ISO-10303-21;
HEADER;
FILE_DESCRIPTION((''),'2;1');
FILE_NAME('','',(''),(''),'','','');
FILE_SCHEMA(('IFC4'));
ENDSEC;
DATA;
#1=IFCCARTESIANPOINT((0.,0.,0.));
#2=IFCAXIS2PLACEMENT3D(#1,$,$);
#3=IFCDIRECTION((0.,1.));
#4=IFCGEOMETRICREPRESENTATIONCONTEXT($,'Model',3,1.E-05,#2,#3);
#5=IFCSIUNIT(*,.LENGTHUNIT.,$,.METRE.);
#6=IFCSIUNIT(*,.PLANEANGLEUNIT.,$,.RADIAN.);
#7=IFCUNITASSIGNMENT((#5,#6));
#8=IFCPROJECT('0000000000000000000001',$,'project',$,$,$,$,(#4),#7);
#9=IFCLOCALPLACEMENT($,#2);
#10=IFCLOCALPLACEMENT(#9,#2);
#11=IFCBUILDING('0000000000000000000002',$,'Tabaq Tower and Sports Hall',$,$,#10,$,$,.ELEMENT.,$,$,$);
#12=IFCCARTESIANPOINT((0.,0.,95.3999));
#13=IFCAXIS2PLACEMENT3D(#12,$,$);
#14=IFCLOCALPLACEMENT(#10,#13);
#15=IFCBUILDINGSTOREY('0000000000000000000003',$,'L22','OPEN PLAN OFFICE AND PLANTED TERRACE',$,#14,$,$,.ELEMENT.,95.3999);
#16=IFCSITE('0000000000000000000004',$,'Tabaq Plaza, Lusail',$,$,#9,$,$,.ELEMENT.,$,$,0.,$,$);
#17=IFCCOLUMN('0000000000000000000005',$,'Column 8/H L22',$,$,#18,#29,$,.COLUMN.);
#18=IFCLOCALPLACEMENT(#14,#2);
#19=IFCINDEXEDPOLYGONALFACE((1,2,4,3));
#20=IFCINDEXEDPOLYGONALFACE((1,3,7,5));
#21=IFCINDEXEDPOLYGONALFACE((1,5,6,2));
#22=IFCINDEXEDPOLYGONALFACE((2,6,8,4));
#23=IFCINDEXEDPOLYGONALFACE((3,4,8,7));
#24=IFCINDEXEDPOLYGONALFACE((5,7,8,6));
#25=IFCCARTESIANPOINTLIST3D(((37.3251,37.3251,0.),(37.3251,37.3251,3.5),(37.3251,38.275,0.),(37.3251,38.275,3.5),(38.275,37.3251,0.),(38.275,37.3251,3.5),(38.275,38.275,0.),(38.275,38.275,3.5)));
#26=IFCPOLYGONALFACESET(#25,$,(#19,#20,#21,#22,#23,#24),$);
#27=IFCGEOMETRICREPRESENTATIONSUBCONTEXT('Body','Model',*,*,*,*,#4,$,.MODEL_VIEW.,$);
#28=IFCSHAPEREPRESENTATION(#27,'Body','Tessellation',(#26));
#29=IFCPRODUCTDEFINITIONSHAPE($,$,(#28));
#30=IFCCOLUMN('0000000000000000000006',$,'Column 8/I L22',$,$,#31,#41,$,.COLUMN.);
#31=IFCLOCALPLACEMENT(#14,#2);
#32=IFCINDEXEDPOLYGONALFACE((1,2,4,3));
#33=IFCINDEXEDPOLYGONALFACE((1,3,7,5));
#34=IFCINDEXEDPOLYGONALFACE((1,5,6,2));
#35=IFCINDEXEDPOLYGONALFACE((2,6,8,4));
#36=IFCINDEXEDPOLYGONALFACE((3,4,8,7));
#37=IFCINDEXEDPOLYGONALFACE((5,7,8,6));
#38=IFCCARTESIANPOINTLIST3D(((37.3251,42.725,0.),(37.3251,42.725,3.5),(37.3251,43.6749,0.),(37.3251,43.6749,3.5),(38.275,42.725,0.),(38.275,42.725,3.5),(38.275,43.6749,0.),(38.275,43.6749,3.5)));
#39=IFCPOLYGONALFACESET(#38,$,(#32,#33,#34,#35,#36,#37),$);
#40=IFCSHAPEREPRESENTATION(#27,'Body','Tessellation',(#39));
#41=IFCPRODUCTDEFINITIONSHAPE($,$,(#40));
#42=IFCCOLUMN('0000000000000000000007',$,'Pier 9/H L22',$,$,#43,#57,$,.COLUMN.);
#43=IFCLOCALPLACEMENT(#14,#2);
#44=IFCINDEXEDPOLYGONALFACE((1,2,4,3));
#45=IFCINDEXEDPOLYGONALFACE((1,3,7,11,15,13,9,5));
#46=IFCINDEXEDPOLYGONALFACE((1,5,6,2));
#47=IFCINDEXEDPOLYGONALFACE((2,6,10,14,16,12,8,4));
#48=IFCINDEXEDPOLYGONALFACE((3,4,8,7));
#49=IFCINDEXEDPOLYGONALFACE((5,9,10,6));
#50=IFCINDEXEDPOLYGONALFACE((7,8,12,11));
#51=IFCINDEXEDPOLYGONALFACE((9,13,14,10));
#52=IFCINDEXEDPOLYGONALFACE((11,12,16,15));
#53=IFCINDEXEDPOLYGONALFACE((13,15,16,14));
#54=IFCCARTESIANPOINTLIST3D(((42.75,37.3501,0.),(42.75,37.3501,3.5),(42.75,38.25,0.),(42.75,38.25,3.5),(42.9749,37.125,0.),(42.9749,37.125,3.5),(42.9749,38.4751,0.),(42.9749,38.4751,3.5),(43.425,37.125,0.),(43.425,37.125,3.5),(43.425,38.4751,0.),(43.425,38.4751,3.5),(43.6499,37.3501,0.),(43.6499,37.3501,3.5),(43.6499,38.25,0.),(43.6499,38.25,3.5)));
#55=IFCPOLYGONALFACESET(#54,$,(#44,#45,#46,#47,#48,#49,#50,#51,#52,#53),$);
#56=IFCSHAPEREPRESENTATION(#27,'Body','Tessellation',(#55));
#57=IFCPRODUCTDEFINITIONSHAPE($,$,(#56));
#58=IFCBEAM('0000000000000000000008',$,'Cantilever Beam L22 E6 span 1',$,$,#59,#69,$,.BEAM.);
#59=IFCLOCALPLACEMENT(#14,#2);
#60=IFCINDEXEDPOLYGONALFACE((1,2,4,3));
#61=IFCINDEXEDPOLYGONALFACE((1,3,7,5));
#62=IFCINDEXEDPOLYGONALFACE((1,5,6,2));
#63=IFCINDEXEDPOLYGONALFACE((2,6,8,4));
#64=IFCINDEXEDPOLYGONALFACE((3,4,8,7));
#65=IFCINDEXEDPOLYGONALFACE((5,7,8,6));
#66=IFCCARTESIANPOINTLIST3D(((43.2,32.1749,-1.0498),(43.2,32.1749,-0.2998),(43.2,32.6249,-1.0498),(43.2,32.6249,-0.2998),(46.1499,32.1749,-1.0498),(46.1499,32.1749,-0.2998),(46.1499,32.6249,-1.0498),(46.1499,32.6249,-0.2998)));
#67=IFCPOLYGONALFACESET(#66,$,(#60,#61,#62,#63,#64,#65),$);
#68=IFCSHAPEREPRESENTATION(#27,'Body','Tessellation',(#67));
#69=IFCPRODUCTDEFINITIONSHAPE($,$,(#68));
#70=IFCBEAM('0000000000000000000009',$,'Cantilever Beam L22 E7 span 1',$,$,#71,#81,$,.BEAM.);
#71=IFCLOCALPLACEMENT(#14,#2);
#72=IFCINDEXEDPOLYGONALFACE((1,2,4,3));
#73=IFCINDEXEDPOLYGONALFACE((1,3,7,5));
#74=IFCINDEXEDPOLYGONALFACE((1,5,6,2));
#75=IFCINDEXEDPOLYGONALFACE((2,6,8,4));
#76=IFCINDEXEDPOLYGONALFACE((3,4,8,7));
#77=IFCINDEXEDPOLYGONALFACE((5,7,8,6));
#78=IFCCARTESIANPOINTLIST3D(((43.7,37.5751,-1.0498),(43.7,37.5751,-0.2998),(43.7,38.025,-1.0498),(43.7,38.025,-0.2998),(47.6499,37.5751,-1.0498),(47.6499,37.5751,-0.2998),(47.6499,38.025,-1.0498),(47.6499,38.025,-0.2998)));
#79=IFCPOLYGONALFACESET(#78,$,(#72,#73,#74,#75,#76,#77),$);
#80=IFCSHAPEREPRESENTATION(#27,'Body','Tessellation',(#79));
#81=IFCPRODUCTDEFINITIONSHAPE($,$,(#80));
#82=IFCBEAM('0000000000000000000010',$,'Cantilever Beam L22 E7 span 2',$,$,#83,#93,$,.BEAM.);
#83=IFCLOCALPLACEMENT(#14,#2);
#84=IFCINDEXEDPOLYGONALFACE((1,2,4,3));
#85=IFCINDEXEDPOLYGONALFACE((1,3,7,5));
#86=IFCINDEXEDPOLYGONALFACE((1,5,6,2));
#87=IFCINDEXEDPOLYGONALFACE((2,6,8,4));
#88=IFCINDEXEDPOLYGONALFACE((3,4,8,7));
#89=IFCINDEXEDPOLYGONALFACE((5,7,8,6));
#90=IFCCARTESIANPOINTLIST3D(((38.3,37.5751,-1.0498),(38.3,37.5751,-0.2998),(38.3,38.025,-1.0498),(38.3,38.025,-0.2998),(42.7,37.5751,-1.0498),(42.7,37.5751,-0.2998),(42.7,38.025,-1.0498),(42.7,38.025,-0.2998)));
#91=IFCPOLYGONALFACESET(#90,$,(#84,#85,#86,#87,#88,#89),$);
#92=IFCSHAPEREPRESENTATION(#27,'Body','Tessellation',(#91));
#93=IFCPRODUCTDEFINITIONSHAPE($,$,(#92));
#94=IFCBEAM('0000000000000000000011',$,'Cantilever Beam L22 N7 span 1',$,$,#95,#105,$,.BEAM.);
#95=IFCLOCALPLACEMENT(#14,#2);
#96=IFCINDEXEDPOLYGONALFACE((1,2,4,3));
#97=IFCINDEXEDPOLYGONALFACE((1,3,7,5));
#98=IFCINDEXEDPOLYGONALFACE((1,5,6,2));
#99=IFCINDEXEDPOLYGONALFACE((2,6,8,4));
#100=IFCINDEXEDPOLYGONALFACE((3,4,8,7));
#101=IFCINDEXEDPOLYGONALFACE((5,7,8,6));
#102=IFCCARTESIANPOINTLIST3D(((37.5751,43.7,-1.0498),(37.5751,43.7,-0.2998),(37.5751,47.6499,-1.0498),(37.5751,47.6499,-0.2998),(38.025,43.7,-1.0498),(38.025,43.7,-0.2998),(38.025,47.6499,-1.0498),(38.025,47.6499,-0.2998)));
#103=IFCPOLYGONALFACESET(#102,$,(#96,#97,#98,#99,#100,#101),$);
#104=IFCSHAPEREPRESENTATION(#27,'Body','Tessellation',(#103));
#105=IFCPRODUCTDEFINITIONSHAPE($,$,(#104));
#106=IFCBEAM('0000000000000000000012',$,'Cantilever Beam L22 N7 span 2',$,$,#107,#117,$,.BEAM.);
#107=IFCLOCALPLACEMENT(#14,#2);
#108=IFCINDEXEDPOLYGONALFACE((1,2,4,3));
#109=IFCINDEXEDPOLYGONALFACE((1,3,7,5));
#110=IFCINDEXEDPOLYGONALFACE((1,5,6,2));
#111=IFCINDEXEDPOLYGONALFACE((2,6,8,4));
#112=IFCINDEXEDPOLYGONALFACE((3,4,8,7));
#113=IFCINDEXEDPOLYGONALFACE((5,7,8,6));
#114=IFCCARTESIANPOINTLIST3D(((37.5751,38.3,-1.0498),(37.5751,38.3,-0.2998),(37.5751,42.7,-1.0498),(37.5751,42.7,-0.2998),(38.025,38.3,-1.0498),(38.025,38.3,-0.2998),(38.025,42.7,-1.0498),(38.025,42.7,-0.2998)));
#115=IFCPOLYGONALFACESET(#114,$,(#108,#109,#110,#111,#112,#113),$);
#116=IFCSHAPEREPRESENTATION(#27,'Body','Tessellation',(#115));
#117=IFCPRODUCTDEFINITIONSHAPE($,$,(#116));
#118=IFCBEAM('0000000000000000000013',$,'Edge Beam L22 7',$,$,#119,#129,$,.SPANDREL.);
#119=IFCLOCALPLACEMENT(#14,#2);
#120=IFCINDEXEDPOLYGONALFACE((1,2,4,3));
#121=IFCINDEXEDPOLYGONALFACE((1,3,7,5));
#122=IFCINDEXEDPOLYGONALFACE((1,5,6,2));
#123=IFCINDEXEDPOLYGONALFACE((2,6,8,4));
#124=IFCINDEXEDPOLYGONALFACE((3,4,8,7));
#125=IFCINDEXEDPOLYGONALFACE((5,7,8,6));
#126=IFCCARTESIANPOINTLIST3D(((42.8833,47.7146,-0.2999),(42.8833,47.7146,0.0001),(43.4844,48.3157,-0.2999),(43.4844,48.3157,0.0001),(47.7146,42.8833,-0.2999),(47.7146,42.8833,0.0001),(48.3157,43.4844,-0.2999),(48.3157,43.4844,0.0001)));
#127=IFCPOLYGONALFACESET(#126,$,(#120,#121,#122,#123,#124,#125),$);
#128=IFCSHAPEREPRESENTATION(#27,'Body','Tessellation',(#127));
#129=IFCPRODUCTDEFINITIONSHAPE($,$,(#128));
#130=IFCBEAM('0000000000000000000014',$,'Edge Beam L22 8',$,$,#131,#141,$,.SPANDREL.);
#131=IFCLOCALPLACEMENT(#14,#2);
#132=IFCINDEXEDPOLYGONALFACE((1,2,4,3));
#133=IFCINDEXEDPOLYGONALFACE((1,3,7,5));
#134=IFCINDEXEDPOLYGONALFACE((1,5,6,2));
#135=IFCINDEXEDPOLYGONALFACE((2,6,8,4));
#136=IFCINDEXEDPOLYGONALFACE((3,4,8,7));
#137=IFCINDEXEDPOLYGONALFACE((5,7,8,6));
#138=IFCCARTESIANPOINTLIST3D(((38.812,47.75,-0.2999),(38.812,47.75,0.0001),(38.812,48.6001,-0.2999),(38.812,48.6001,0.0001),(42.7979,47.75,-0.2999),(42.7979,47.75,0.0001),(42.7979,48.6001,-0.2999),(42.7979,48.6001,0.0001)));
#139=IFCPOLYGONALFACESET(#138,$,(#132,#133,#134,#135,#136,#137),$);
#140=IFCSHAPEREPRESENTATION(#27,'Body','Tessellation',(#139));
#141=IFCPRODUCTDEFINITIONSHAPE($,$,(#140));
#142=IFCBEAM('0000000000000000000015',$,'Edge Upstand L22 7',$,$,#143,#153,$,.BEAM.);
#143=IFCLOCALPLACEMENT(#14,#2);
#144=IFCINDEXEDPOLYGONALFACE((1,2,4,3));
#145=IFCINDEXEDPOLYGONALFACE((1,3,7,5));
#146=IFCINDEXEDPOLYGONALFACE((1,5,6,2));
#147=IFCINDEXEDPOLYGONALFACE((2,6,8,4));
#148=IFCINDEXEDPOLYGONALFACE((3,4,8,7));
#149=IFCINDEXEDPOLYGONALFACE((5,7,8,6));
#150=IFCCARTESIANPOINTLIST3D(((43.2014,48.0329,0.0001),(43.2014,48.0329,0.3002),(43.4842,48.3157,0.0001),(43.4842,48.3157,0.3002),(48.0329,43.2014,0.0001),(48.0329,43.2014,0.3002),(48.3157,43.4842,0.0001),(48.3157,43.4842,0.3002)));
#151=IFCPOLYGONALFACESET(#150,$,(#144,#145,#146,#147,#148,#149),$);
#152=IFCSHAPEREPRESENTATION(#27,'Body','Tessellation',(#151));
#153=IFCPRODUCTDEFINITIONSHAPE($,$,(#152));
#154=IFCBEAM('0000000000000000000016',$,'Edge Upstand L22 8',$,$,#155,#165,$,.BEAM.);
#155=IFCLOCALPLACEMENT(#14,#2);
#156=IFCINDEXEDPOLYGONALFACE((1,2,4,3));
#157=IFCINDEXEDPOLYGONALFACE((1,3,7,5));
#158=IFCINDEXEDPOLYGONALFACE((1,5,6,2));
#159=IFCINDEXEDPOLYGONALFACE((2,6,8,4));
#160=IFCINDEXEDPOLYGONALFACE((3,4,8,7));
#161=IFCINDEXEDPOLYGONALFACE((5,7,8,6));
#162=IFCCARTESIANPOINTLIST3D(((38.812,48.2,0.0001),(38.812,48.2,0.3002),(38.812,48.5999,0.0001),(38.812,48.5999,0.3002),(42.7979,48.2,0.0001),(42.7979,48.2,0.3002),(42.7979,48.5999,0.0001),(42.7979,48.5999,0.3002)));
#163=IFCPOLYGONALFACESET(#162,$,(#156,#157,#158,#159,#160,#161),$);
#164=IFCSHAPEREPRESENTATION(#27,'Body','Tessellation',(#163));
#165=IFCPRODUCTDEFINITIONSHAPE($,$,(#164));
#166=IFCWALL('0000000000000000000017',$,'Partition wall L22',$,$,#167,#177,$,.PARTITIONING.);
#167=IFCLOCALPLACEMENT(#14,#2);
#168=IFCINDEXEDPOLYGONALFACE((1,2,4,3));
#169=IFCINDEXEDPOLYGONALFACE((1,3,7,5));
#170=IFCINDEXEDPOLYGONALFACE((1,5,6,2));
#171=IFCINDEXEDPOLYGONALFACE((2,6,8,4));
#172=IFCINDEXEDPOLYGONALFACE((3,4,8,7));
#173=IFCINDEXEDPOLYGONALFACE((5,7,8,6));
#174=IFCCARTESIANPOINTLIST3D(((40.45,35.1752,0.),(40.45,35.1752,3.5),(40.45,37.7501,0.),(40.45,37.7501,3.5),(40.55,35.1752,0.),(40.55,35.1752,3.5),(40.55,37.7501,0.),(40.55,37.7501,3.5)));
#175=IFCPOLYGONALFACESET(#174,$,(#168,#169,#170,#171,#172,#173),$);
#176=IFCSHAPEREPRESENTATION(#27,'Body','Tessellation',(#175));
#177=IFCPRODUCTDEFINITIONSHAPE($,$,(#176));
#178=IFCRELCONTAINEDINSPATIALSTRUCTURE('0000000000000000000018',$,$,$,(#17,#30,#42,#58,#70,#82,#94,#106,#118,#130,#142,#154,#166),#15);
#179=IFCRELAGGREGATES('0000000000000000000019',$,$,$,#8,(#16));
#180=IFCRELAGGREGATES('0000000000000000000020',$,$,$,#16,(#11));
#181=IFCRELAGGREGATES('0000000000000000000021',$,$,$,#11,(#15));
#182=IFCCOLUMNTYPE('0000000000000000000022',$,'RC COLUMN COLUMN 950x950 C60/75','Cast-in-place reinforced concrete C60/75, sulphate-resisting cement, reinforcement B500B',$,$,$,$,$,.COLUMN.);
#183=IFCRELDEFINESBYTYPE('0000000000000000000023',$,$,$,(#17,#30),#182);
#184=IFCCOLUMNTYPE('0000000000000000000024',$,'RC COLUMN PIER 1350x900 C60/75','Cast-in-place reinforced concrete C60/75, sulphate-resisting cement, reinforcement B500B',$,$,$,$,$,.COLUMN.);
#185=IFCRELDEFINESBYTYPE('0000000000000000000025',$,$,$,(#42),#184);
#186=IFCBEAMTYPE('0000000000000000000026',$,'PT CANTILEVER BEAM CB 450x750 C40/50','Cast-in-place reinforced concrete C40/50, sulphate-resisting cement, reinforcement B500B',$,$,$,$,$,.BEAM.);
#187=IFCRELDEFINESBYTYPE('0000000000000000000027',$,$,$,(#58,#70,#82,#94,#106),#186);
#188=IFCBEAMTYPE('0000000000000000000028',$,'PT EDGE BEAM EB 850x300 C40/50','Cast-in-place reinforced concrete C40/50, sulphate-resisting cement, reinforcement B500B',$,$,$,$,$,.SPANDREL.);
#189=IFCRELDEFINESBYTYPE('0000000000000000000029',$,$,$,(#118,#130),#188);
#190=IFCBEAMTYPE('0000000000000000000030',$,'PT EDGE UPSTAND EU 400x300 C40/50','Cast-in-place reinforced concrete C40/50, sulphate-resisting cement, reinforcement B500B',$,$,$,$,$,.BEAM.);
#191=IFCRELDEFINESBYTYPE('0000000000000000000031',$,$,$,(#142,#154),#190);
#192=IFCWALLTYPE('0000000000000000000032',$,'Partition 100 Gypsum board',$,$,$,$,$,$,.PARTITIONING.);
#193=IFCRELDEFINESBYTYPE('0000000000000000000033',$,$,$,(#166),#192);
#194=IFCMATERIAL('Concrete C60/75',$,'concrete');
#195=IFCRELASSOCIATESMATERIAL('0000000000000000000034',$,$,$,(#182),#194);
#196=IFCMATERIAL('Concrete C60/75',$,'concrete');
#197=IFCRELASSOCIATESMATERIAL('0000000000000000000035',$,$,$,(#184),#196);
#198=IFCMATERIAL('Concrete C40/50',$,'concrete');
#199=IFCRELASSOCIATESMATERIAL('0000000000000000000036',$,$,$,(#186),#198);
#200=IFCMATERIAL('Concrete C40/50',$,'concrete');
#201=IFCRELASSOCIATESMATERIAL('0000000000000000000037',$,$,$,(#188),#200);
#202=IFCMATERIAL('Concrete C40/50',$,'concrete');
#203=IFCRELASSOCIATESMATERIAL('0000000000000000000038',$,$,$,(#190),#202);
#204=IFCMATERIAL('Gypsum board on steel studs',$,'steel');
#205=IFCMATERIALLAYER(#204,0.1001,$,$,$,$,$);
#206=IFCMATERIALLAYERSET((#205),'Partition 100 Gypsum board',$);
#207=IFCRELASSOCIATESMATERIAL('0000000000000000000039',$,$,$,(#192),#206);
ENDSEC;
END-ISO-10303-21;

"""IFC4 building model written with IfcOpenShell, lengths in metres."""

from ifc_helpers import new_model, si_unit, direction, frame, frame_2d, origin, origin_2d, place, context, subcontext, project, spatial, polyline, rectangle, outline, extrude, material, layer, layer_set, material_profile, profile_set, type_object, element, save


model = new_model("IFC4")

# Units and contexts
model_context = context("Model", 3, precision=1e-05, world=origin(), true_north=direction((0.0, 1.0)))
body_context = subcontext(model_context, "Body", "Model", "MODEL_VIEW")
ifc_project = project(units=[si_unit("LENGTHUNIT", "METRE"), si_unit("PLANEANGLEUNIT", "RADIAN")], contexts=[model_context])

# Site, building, storey
site_placement = place(None, origin())
site = spatial("IfcSite", under=ifc_project, at=site_placement, Name="Tabaq Plaza, Lusail", CompositionType="ELEMENT", RefElevation=0.0)
building_placement = place(site_placement, origin())
building = spatial("IfcBuilding", under=site, at=building_placement, Name="Tabaq Tower and Sports Hall", CompositionType="ELEMENT")
storey_placement = place(building_placement, frame((0.0, 0.0, 95.3999)))
storey = spatial("IfcBuildingStorey", under=building, at=storey_placement, Name="L22", Description="OPEN PLAN OFFICE AND PLANTED TERRACE", CompositionType="ELEMENT", Elevation=95.3999)

# Columns
ifc_material_1 = material(Name="Concrete C60/75", Category="concrete")
ifc_material_profile_1 = material_profile(ifc_material_1, rectangle(XDim=0.95, YDim=0.95, at=origin_2d()), Name="COLUMN 950x950")
ifc_profile_set_1 = profile_set([ifc_material_profile_1], Name="Concrete C60/75")
column_type_1 = type_object("IfcColumnType", Name="RC COLUMN COLUMN 950x950 C60/75", Description="Cast-in-place reinforced concrete C60/75, sulphate-resisting cement, reinforcement B500B", PredefinedType="COLUMN", material=ifc_profile_set_1)
for number, where, z_axis, x_axis, name in (
    (1, (37.8, 37.8, 0.0), (0.0, 0.0, 1.0), (1.0, 0.0, 0.0), "Column 8/H L22"),
    (2, (37.8, 43.2, 0.0), (0.0, 0.0, 1.0), (1.0, 0.0, 0.0), "Column 8/I L22"),
):
    element("IfcColumn", number, at=place(storey_placement, frame(where, z_axis=z_axis, x_axis=x_axis)), inside=storey, type_object=column_type_1, Name=name, PredefinedType="COLUMN", context=body_context, shape_type="SweptSolid", body=[
        extrude(rectangle(XDim=0.95, YDim=0.95, at=origin_2d()), origin(), (0.0, 0.0, 1.0), 3.5),
    ])
ifc_material_2 = material(Name="Concrete C60/75", Category="concrete")
ifc_material_profile_2 = material_profile(ifc_material_2, outline(polyline([(-0.45, -0.45), (0.45, -0.45), (0.675, -0.2251), (0.675, 0.2251), (0.45, 0.45), (-0.45, 0.45), (-0.675, 0.2251), (-0.675, -0.2251), (-0.45, -0.45)])), Name="PIER 1350x900")
ifc_profile_set_2 = profile_set([ifc_material_profile_2], Name="Concrete C60/75")
column_type_2 = type_object("IfcColumnType", Name="RC COLUMN PIER 1350x900 C60/75", Description="Cast-in-place reinforced concrete C60/75, sulphate-resisting cement, reinforcement B500B", PredefinedType="COLUMN", material=ifc_profile_set_2)
column_placement = place(storey_placement, frame((43.2, 37.8, 0.0), z_axis=(0.0, 0.0, 1.0), x_axis=(0.0, 1.0, 0.0)))
element("IfcColumn", 3, at=column_placement, inside=storey, type_object=column_type_2, Name="Pier 9/H L22", PredefinedType="COLUMN", context=body_context, shape_type="SweptSolid", body=[
    extrude(outline(polyline([(-0.45, -0.45), (0.45, -0.45), (0.675, -0.2251), (0.675, 0.2251), (0.45, 0.45), (-0.45, 0.45), (-0.675, 0.2251), (-0.675, -0.2251), (-0.45, -0.45)])), origin(), (0.0, 0.0, 1.0), 3.5),
])

# Beams
ifc_material_3 = material(Name="Concrete C40/50", Category="concrete")
ifc_material_profile_3 = material_profile(ifc_material_3, rectangle(XDim=0.45, YDim=0.75, at=origin_2d()), Name="CB 450x750")
ifc_profile_set_3 = profile_set([ifc_material_profile_3], Name="Concrete C40/50")
beam_type_1 = type_object("IfcBeamType", Name="PT CANTILEVER BEAM CB 450x750 C40/50", Description="Cast-in-place reinforced concrete C40/50, sulphate-resisting cement, reinforcement B500B", PredefinedType="BEAM", material=ifc_profile_set_3)
beam_1_placement = place(storey_placement, frame((46.1499, 32.3999, -0.6748), z_axis=(-1.0, 0.0, 0.0), x_axis=(0.0, -1.0, 0.0)))
element("IfcBeam", 4, at=beam_1_placement, inside=storey, type_object=beam_type_1, Name="Cantilever Beam L22 E6 span 1", PredefinedType="BEAM", context=body_context, shape_type="SweptSolid", body=[
    extrude(rectangle(XDim=0.45, YDim=0.75, at=origin_2d()), origin(), (0.0, 0.0, 1.0), 2.95),
])
beam_2_placement = place(storey_placement, frame((47.6499, 37.8, -0.6748), z_axis=(-1.0, 0.0, 0.0), x_axis=(0.0, -1.0, 0.0)))
element("IfcBeam", 5, at=beam_2_placement, inside=storey, type_object=beam_type_1, Name="Cantilever Beam L22 E7 span 1", PredefinedType="BEAM", context=body_context, shape_type="SweptSolid", body=[
    extrude(rectangle(XDim=0.45, YDim=0.75, at=origin_2d()), origin(), (0.0, 0.0, 1.0), 3.95),
])
beam_3_placement = place(storey_placement, frame((42.7, 37.8, -0.6748), z_axis=(-1.0, 0.0, 0.0), x_axis=(0.0, -1.0, 0.0)))
element("IfcBeam", 6, at=beam_3_placement, inside=storey, type_object=beam_type_1, Name="Cantilever Beam L22 E7 span 2", PredefinedType="BEAM", context=body_context, shape_type="SweptSolid", body=[
    extrude(rectangle(XDim=0.45, YDim=0.75, at=origin_2d()), origin(), (0.0, 0.0, 1.0), 4.3999),
])
beam_4_placement = place(storey_placement, frame((37.8, 47.6499, -0.6748), z_axis=(0.0, -1.0, 0.0), x_axis=(1.0, 0.0, 0.0)))
element("IfcBeam", 7, at=beam_4_placement, inside=storey, type_object=beam_type_1, Name="Cantilever Beam L22 N7 span 1", PredefinedType="BEAM", context=body_context, shape_type="SweptSolid", body=[
    extrude(rectangle(XDim=0.45, YDim=0.75, at=origin_2d()), origin(), (0.0, 0.0, 1.0), 3.95),
])
beam_5_placement = place(storey_placement, frame((37.8, 42.7, -0.6748), z_axis=(0.0, -1.0, 0.0), x_axis=(1.0, 0.0, 0.0)))
element("IfcBeam", 8, at=beam_5_placement, inside=storey, type_object=beam_type_1, Name="Cantilever Beam L22 N7 span 2", PredefinedType="BEAM", context=body_context, shape_type="SweptSolid", body=[
    extrude(rectangle(XDim=0.45, YDim=0.75, at=origin_2d()), origin(), (0.0, 0.0, 1.0), 4.3999),
])
ifc_material_4 = material(Name="Concrete C40/50", Category="concrete")
ifc_material_profile_4 = material_profile(ifc_material_4, rectangle(XDim=0.8501, YDim=0.3, at=origin_2d()), Name="EB 850x300")
ifc_profile_set_4 = profile_set([ifc_material_profile_4], Name="Concrete C40/50")
beam_type_2 = type_object("IfcBeamType", Name="PT EDGE BEAM EB 850x300 C40/50", Description="Cast-in-place reinforced concrete C40/50, sulphate-resisting cement, reinforcement B500B", PredefinedType="SPANDREL", material=ifc_profile_set_4)
beam_6_placement = place(storey_placement, frame((48.0151, 43.1838, -0.1499), z_axis=(-0.707107, 0.707107, 0.0), x_axis=(-0.707107, -0.707107, 0.0)))
element("IfcBeam", 9, at=beam_6_placement, inside=storey, type_object=beam_type_2, Name="Edge Beam L22 7", PredefinedType="SPANDREL", context=body_context, shape_type="SweptSolid", body=[
    extrude(rectangle(XDim=0.8501, YDim=0.3, at=origin_2d()), origin(), (0.0, 0.0, 1.0), 6.8325),
])
beam_7_placement = place(storey_placement, frame((42.7979, 48.175, -0.1499), z_axis=(-1.0, 0.0, 0.0), x_axis=(0.0, -1.0, 0.0)))
element("IfcBeam", 10, at=beam_7_placement, inside=storey, type_object=beam_type_2, Name="Edge Beam L22 8", PredefinedType="SPANDREL", context=body_context, shape_type="SweptSolid", body=[
    extrude(rectangle(XDim=0.8501, YDim=0.3, at=origin_2d()), origin(), (0.0, 0.0, 1.0), 3.9858),
])
ifc_material_5 = material(Name="Concrete C40/50", Category="concrete")
ifc_material_profile_5 = material_profile(ifc_material_5, rectangle(XDim=0.3999, YDim=0.3, at=origin_2d()), Name="EU 400x300")
ifc_profile_set_5 = profile_set([ifc_material_profile_5], Name="Concrete C40/50")
beam_type_3 = type_object("IfcBeamType", Name="PT EDGE UPSTAND EU 400x300 C40/50", Description="Cast-in-place reinforced concrete C40/50, sulphate-resisting cement, reinforcement B500B", PredefinedType="BEAM", material=ifc_profile_set_5)
beam_8_placement = place(storey_placement, frame((48.1743, 43.3428, 0.1501), z_axis=(-0.707107, 0.707107, 0.0), x_axis=(-0.707107, -0.707107, 0.0)))
element("IfcBeam", 11, at=beam_8_placement, inside=storey, type_object=beam_type_3, Name="Edge Upstand L22 7", PredefinedType="BEAM", context=body_context, shape_type="SweptSolid", body=[
    extrude(rectangle(XDim=0.3999, YDim=0.3, at=origin_2d()), origin(), (0.0, 0.0, 1.0), 6.8328),
])
beam_9_placement = place(storey_placement, frame((42.7979, 48.3999, 0.1501), z_axis=(-1.0, 0.0, 0.0), x_axis=(0.0, -1.0, 0.0)))
element("IfcBeam", 12, at=beam_9_placement, inside=storey, type_object=beam_type_3, Name="Edge Upstand L22 8", PredefinedType="BEAM", context=body_context, shape_type="SweptSolid", body=[
    extrude(rectangle(XDim=0.3999, YDim=0.3, at=origin_2d()), origin(), (0.0, 0.0, 1.0), 3.9858),
])

# Wall
ifc_material_6 = material(Name="Gypsum board on steel studs", Category="steel")
ifc_layer_1 = layer(ifc_material_6, 0.1001)
ifc_layer_set_1 = layer_set([ifc_layer_1], Name="Partition 100 Gypsum board")
wall_type_1 = type_object("IfcWallType", Name="Partition 100 Gypsum board", PredefinedType="PARTITIONING", material=ifc_layer_set_1)
wall_1_placement = place(storey_placement, frame((40.5, 35.175, 0.0), z_axis=(0.0, 0.0, 1.0), x_axis=(0.0, 1.0, 0.0)))
element("IfcWall", 13, at=wall_1_placement, inside=storey, type_object=wall_type_1, Name="Partition wall L22", PredefinedType="PARTITIONING", context=body_context, shape_type="SweptSolid", body=[
    extrude(rectangle(XDim=2.575, YDim=0.1001, at=frame_2d((1.2876, 0.0))), origin(), (0.0, 0.0, 1.0), 3.5),
])

save(model, "model.ifc")
